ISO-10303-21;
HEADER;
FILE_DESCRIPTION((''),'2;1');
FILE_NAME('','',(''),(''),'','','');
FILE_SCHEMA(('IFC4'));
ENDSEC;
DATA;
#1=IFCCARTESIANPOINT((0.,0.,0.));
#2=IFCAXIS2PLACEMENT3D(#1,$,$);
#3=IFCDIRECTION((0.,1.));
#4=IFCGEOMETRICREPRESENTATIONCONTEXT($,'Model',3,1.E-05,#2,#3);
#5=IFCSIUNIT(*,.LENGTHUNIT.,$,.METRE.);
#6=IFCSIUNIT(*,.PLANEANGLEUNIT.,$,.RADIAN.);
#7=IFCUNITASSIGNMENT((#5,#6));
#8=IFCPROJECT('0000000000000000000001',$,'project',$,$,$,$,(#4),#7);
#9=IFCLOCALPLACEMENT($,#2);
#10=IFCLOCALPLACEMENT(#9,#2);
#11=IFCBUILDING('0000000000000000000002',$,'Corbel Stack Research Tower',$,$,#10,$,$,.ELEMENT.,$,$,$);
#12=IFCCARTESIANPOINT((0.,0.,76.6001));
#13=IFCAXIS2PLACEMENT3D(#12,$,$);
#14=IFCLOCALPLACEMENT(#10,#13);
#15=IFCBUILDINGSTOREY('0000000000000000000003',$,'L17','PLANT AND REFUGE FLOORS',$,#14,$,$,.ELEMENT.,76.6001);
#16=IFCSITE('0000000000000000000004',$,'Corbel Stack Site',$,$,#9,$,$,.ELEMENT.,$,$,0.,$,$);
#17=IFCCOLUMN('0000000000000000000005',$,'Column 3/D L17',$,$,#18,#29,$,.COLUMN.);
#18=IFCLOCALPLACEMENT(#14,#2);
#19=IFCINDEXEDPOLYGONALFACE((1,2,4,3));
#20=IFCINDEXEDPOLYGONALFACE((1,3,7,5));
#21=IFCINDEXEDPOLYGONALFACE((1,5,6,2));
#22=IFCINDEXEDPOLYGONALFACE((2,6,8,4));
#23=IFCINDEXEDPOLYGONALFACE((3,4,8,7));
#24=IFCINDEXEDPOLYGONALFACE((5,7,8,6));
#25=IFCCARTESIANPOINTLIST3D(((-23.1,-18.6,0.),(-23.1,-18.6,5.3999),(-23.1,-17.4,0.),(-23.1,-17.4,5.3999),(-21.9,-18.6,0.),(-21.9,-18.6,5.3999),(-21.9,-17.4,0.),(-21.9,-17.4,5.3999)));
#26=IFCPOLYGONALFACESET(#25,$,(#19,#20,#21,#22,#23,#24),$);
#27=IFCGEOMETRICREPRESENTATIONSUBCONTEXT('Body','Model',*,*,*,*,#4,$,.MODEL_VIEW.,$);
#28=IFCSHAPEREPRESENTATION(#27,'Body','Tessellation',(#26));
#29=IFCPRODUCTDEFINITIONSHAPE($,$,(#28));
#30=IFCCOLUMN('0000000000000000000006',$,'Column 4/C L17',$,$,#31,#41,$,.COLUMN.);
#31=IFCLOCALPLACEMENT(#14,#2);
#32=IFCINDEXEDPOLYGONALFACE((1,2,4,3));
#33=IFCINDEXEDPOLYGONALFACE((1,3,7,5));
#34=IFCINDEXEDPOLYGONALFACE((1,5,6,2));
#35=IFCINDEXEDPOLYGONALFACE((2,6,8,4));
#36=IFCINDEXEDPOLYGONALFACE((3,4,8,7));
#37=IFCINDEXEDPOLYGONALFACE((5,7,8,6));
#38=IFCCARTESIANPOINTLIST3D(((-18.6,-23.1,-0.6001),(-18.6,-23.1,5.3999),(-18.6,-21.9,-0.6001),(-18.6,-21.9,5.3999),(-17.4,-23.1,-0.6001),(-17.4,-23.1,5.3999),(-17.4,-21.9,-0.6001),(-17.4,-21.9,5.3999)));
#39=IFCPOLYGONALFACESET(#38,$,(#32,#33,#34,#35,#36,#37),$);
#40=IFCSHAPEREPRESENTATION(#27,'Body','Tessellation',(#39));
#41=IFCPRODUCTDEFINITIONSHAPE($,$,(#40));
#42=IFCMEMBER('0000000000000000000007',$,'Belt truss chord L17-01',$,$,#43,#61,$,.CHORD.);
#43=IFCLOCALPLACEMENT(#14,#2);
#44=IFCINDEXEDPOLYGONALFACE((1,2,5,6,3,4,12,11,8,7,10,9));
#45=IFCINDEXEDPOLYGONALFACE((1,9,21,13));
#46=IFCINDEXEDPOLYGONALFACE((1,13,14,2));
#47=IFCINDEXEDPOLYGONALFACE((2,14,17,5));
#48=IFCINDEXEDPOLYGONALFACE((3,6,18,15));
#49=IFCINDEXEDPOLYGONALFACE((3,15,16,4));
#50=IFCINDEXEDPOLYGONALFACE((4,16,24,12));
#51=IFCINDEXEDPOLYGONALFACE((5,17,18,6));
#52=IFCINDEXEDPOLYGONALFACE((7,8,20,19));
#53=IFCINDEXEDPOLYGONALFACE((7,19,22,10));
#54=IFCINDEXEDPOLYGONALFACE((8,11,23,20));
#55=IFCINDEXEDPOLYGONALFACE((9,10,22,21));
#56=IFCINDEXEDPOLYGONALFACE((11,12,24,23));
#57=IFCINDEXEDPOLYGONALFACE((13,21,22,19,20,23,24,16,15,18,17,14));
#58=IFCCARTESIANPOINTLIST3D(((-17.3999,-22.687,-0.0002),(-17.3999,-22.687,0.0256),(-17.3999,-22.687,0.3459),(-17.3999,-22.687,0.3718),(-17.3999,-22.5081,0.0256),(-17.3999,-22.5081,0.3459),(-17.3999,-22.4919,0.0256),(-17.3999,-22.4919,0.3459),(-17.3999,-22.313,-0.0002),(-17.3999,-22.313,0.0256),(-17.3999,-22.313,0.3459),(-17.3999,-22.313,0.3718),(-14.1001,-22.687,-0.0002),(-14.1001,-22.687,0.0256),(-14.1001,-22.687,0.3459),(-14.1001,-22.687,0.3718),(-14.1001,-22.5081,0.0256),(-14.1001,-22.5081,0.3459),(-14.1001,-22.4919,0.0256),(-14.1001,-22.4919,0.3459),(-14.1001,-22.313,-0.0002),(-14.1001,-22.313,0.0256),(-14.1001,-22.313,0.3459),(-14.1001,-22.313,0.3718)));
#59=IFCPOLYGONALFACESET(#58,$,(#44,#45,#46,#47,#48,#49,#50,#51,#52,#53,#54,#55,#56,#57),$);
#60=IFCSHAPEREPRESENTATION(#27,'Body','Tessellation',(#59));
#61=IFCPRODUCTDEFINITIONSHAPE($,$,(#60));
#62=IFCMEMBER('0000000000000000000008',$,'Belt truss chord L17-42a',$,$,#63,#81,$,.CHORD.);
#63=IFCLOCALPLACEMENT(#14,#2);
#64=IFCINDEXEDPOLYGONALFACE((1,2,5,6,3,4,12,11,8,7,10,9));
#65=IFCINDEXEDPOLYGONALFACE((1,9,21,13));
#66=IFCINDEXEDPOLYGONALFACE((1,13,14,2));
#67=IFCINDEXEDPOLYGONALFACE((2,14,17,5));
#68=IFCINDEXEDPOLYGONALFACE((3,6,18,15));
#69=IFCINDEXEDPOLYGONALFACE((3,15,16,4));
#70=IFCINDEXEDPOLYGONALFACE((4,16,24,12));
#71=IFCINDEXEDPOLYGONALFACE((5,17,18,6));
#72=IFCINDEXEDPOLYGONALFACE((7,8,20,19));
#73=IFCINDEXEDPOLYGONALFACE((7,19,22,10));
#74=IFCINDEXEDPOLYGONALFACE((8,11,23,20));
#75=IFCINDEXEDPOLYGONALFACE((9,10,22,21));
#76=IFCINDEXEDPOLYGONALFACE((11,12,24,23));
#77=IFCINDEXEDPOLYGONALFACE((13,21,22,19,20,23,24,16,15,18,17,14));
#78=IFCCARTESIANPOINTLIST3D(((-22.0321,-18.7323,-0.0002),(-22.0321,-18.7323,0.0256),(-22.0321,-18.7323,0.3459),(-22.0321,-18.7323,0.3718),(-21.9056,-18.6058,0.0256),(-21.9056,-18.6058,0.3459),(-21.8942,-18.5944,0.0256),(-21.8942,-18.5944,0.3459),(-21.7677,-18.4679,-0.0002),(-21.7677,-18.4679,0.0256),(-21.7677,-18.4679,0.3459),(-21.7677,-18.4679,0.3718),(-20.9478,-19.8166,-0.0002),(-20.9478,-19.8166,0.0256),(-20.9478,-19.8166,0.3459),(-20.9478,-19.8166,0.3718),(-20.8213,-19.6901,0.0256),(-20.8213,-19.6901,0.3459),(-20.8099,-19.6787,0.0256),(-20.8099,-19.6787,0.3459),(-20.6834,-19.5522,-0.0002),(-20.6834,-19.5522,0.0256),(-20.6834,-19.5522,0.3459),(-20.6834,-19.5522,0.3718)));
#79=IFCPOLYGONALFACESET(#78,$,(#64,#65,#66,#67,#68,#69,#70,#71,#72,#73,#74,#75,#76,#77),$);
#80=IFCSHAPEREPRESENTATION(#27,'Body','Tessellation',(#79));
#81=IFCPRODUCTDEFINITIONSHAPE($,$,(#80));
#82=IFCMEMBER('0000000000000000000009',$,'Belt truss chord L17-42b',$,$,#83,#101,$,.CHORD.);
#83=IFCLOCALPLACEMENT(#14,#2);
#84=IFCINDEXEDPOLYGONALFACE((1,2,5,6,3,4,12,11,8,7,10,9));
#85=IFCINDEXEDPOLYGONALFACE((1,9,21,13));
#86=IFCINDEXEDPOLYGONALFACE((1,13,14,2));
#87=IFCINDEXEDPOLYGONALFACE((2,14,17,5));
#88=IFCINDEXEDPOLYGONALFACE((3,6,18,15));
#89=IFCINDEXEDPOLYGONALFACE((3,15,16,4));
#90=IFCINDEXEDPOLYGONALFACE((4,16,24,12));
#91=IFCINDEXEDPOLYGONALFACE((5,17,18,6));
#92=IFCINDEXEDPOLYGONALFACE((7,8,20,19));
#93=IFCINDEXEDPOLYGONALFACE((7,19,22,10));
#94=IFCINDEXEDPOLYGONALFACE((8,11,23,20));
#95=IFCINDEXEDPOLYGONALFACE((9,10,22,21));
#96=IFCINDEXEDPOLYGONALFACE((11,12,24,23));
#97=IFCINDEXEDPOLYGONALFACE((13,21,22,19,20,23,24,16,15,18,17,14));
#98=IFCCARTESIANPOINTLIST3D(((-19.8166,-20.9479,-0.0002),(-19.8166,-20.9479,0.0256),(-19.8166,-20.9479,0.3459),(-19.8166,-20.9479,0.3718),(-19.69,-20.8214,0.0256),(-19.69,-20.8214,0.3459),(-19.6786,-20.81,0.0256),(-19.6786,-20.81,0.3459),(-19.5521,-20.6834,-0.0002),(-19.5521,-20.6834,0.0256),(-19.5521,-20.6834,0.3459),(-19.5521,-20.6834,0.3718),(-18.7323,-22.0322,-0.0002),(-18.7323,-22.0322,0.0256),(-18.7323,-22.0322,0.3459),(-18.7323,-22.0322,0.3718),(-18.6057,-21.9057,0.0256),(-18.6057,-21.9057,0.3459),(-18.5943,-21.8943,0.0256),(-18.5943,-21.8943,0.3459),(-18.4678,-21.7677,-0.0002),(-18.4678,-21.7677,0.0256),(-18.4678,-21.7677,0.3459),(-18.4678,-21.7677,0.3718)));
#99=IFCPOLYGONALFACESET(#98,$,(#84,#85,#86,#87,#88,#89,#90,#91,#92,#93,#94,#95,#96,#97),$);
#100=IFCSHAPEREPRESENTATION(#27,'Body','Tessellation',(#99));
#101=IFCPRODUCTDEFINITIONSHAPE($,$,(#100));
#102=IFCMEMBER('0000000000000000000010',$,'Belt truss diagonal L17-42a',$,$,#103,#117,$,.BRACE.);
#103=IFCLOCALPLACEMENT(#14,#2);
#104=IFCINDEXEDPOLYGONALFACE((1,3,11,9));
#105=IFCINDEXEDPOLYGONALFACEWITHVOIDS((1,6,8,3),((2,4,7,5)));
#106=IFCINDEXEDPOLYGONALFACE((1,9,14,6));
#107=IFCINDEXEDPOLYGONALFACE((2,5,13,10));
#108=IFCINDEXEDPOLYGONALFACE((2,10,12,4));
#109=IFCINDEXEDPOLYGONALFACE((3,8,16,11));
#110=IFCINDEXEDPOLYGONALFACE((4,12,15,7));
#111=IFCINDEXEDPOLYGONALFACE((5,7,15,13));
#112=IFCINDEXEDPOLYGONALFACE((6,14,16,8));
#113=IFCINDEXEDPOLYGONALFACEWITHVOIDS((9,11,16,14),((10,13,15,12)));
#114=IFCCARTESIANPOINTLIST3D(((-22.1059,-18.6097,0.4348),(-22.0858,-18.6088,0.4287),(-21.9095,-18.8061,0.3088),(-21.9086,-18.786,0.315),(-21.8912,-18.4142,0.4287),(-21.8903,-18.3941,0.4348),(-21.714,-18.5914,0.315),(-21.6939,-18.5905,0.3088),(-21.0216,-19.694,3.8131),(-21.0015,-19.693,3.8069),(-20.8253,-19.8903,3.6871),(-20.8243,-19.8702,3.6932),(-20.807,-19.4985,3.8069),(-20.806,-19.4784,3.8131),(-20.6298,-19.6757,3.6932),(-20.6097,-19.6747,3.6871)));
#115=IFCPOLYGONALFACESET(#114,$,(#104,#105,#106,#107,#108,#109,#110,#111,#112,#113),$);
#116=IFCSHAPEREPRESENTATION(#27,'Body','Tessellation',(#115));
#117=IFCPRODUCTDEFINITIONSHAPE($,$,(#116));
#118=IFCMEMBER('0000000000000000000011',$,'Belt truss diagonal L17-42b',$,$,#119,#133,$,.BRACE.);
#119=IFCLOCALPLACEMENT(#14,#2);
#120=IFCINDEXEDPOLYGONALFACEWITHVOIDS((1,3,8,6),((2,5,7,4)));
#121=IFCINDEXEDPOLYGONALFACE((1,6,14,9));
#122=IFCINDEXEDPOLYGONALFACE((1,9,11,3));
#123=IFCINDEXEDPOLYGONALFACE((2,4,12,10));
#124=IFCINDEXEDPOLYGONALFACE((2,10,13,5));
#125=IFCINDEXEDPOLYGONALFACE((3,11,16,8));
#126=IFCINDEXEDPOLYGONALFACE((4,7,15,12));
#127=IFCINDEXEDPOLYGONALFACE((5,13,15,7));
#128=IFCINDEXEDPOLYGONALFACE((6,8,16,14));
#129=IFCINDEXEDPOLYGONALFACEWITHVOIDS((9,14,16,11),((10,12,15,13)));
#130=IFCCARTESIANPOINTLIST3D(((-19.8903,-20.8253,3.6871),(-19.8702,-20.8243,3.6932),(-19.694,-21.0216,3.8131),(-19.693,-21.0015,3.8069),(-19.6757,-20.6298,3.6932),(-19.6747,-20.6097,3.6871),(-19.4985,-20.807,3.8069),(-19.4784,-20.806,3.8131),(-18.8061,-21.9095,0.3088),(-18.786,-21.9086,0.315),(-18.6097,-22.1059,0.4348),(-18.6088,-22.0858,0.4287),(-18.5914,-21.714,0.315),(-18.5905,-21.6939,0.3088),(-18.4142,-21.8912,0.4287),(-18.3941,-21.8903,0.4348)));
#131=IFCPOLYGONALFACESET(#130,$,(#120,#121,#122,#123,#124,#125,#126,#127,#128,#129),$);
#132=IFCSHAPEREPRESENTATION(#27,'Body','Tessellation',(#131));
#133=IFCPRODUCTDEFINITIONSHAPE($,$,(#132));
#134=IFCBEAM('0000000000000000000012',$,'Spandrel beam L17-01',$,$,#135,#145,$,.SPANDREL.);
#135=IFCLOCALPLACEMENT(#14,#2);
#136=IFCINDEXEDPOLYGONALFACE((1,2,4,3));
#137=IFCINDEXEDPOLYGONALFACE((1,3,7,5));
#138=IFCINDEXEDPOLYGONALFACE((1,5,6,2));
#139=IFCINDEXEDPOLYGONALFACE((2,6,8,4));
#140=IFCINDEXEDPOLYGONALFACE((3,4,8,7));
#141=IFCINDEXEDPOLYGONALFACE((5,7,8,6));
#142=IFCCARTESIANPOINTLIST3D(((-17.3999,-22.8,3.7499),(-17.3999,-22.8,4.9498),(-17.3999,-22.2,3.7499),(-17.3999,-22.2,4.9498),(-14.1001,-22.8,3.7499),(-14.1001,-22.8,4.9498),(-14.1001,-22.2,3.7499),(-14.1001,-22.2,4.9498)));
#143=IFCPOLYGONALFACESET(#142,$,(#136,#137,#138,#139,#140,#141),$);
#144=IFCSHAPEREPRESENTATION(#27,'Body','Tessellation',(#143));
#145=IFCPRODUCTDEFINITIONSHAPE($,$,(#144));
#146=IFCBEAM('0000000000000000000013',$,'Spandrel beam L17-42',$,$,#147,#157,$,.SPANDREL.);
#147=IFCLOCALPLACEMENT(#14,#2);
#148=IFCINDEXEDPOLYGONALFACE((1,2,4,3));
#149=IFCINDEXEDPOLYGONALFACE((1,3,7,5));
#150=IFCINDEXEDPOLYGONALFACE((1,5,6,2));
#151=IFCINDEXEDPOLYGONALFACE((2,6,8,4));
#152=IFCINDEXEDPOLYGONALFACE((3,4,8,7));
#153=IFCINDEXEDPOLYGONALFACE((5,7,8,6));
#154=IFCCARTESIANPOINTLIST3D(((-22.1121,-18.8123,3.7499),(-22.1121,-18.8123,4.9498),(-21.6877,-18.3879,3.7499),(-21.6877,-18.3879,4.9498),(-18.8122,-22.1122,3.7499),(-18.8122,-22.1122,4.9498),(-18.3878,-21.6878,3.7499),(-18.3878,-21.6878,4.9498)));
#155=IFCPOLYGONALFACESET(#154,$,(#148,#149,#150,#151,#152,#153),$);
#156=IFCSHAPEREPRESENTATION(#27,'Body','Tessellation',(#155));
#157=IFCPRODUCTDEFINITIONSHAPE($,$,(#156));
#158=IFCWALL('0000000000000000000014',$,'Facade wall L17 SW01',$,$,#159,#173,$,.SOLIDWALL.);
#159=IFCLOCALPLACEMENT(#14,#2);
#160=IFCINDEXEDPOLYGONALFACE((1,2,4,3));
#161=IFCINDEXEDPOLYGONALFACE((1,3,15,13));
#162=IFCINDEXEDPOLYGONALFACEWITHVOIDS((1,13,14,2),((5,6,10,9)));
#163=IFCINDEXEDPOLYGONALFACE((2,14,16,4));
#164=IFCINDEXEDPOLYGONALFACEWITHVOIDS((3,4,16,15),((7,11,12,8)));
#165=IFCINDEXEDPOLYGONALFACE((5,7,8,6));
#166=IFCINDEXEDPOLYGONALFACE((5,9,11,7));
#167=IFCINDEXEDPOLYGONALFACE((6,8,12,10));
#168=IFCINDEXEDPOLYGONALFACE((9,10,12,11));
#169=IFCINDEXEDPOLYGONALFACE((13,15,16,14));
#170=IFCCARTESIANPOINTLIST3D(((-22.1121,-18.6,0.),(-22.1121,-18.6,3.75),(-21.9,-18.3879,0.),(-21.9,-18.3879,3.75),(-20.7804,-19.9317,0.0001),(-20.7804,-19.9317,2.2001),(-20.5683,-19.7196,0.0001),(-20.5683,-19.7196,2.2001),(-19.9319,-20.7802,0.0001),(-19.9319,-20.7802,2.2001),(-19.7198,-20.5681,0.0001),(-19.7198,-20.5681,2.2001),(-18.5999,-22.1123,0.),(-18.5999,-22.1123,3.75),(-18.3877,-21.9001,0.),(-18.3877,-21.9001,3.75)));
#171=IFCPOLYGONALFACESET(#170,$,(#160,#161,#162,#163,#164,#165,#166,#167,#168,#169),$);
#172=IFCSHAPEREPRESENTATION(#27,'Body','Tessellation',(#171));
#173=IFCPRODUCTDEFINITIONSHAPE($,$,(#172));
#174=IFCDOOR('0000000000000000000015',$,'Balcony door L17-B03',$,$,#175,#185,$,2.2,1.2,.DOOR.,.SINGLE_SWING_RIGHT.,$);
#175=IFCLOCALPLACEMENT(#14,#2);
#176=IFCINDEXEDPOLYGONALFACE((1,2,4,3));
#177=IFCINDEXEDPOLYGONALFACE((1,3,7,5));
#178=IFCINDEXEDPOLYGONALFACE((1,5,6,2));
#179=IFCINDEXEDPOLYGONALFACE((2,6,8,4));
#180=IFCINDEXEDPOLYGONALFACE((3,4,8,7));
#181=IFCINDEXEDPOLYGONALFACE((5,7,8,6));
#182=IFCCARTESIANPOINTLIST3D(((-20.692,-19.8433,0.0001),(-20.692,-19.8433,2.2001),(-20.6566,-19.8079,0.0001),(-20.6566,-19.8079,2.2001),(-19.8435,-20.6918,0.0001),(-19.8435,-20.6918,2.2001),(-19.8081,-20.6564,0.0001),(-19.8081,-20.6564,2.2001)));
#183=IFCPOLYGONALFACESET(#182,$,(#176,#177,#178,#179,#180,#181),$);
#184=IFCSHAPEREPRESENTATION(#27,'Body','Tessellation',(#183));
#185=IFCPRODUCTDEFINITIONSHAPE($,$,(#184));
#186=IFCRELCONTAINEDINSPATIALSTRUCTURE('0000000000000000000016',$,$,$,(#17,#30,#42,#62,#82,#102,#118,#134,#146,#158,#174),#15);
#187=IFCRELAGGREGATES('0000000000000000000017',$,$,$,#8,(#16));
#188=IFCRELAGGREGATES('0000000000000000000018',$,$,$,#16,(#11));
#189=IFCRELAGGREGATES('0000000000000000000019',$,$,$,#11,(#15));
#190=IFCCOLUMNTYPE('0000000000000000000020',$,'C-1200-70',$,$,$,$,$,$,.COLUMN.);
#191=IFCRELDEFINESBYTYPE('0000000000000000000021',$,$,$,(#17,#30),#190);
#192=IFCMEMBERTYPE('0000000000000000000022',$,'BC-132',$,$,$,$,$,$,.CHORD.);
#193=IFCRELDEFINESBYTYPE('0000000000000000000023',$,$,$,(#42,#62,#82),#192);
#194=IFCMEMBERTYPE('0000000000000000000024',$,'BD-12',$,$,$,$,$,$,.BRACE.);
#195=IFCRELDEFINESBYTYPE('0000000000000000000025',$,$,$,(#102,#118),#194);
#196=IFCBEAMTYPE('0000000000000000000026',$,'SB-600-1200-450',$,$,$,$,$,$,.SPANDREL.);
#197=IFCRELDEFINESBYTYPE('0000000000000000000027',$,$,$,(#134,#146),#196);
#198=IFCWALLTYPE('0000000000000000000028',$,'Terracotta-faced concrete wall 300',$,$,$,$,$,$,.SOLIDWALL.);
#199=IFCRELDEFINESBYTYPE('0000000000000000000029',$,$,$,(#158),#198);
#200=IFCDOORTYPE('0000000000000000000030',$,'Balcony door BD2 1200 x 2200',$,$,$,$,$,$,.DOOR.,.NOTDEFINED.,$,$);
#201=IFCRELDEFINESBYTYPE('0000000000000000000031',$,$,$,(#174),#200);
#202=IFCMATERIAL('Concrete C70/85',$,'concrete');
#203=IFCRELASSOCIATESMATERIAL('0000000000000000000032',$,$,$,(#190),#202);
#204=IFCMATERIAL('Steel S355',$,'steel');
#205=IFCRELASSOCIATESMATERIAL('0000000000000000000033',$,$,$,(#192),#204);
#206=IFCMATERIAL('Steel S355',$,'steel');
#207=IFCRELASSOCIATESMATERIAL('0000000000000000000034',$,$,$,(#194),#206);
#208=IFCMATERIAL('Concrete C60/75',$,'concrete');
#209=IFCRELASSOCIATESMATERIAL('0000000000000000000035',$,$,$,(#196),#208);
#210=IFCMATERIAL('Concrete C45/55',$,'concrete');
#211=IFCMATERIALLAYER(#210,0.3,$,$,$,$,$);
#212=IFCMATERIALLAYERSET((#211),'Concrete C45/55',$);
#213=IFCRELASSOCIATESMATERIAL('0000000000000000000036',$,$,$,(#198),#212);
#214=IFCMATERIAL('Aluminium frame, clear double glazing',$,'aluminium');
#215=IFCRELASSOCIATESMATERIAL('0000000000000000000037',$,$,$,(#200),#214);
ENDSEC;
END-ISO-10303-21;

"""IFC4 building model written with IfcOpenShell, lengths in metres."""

from ifc_helpers import new_model, si_unit, direction, frame, frame_2d, origin, origin_2d, place, context, subcontext, project, spatial, rectangle, hollow_rectangle, i_section, extrude, material, layer, layer_set, material_profile, profile_set, type_object, element, fill, save


model = new_model("IFC4")

# Units and contexts
model_context = context("Model", 3, precision=1e-05, world=origin(), true_north=direction((0.0, 1.0)))
body_context = subcontext(model_context, "Body", "Model", "MODEL_VIEW")
ifc_project = project(units=[si_unit("LENGTHUNIT", "METRE"), si_unit("PLANEANGLEUNIT", "RADIAN")], contexts=[model_context])

# Site, building, storey
site_placement = place(None, origin())
site = spatial("IfcSite", under=ifc_project, at=site_placement, Name="Corbel Stack Site", CompositionType="ELEMENT", RefElevation=0.0)
building_placement = place(site_placement, origin())
building = spatial("IfcBuilding", under=site, at=building_placement, Name="Corbel Stack Research Tower", CompositionType="ELEMENT")
storey_placement = place(building_placement, frame((0.0, 0.0, 76.6001)))
storey = spatial("IfcBuildingStorey", under=building, at=storey_placement, Name="L17", Description="PLANT AND REFUGE FLOORS", CompositionType="ELEMENT", Elevation=76.6001)

# Columns
ifc_material_1 = material(Name="Concrete C70/85", Category="concrete")
ifc_material_profile_1 = material_profile(ifc_material_1, rectangle(XDim=1.2, YDim=1.2, at=origin_2d()), Name="RC 1200 x 1200")
ifc_profile_set_1 = profile_set([ifc_material_profile_1], Name="Concrete C70/85")
column_type = type_object("IfcColumnType", Name="C-1200-70", PredefinedType="COLUMN", material=ifc_profile_set_1)
column_1_placement = place(storey_placement, frame((-22.5, -18.0, 0.0), z_axis=(0.0, 0.0, 1.0), x_axis=(1.0, 0.0, 0.0)))
element("IfcColumn", 1, at=column_1_placement, inside=storey, type_object=column_type, Name="Column 3/D L17", PredefinedType="COLUMN", context=body_context, shape_type="SweptSolid", body=[
    extrude(rectangle(XDim=1.2, YDim=1.2, at=origin_2d()), origin(), (0.0, 0.0, 1.0), 5.3999),
])
column_2_placement = place(storey_placement, frame((-18.0, -22.5, -0.6001), z_axis=(0.0, 0.0, 1.0), x_axis=(1.0, 0.0, 0.0)))
element("IfcColumn", 2, at=column_2_placement, inside=storey, type_object=column_type, Name="Column 4/C L17", PredefinedType="COLUMN", context=body_context, shape_type="SweptSolid", body=[
    extrude(rectangle(XDim=1.2, YDim=1.2, at=origin_2d()), origin(), (0.0, 0.0, 1.0), 6.0),
])

# Members
ifc_material_2 = material(Name="Steel S355", Category="steel")
ifc_material_profile_2 = material_profile(ifc_material_2, i_section(OverallWidth=0.374, OverallDepth=0.3721, WebThickness=0.0161, FlangeThickness=0.0259, at=origin_2d()), Name="W14x132")
ifc_profile_set_2 = profile_set([ifc_material_profile_2], Name="Steel S355")
member_type_1 = type_object("IfcMemberType", Name="BC-132", PredefinedType="CHORD", material=ifc_profile_set_2)
member_placement = place(storey_placement, frame((-17.3999, -22.5, 0.1858), z_axis=(1.0, 0.0, 0.0), x_axis=(0.0, 1.0, 0.0)))
element("IfcMember", 3, at=member_placement, inside=storey, type_object=member_type_1, Name="Belt truss chord L17-01", PredefinedType="CHORD", context=body_context, shape_type="SweptSolid", body=[
    extrude(i_section(OverallWidth=0.374, OverallDepth=0.3721, WebThickness=0.0161, FlangeThickness=0.0259, at=origin_2d()), origin(), (0.0, 0.0, 1.0), 3.2998),
])
for number, where, z_axis, x_axis, name in (
    (4, (-21.8999, -18.6001, 0.1858), (0.707107, -0.707107, 0.0), (0.707107, 0.707107, 0.0), "Belt truss chord L17-42a"),
    (5, (-19.6843, -20.8157, 0.1858), (0.707107, -0.707107, 0.0), (0.707107, 0.707107, 0.0), "Belt truss chord L17-42b"),
):
    element("IfcMember", number, at=place(storey_placement, frame(where, z_axis=z_axis, x_axis=x_axis)), inside=storey, type_object=member_type_1, Name=name, PredefinedType="CHORD", context=body_context, shape_type="SweptSolid", body=[
        extrude(i_section(OverallWidth=0.374, OverallDepth=0.3721, WebThickness=0.0161, FlangeThickness=0.0259, at=origin_2d()), origin(), (0.0, 0.0, 1.0), 1.5334),
    ])
ifc_material_3 = material(Name="Steel S355", Category="steel")
ifc_material_profile_3 = material_profile(ifc_material_3, hollow_rectangle(XDim=0.3049, YDim=0.3049, WallThickness=0.0149, at=origin_2d()), Name="HSS12x12x5/8")
ifc_profile_set_3 = profile_set([ifc_material_profile_3], Name="Steel S355")
member_type_2 = type_object("IfcMemberType", Name="BD-12", PredefinedType="BRACE", material=ifc_profile_set_3)
for number, where, z_axis, x_axis, name in (
    (6, (-21.8999, -18.6001, 0.3718), (0.292255, -0.292255, 0.91059), (0.707107, 0.707107, 0.0), "Belt truss diagonal L17-42a"),
    (7, (-18.6001, -21.8999, 0.3718), (-0.292255, 0.292255, 0.91059), (-0.707107, -0.707107, 0.0), "Belt truss diagonal L17-42b"),
):
    element("IfcMember", number, at=place(storey_placement, frame(where, z_axis=z_axis, x_axis=x_axis)), inside=storey, type_object=member_type_2, Name=name, PredefinedType="BRACE", context=body_context, shape_type="SweptSolid", body=[
        extrude(hollow_rectangle(XDim=0.3049, YDim=0.3049, WallThickness=0.0149, at=origin_2d()), origin(), (0.0, 0.0, 1.0), 3.71),
    ])

# Beams
ifc_material_4 = material(Name="Concrete C60/75", Category="concrete")
ifc_material_profile_4 = material_profile(ifc_material_4, rectangle(XDim=0.6001, YDim=1.2, at=origin_2d()), Name="RC 600 x 1200")
ifc_profile_set_4 = profile_set([ifc_material_profile_4], Name="Concrete C60/75")
beam_type = type_object("IfcBeamType", Name="SB-600-1200-450", PredefinedType="SPANDREL", material=ifc_profile_set_4)
beam_1_placement = place(storey_placement, frame((-17.3999, -22.5, 4.3499), z_axis=(1.0, 0.0, 0.0), x_axis=(0.0, 1.0, 0.0)))
element("IfcBeam", 8, at=beam_1_placement, inside=storey, type_object=beam_type, Name="Spandrel beam L17-01", PredefinedType="SPANDREL", context=body_context, shape_type="SweptSolid", body=[
    extrude(rectangle(XDim=0.6001, YDim=1.2, at=origin_2d()), origin(), (0.0, 0.0, 1.0), 3.2998),
])
beam_2_placement = place(storey_placement, frame((-21.8999, -18.6001, 4.3499), z_axis=(0.707107, -0.707107, 0.0), x_axis=(0.707107, 0.707107, 0.0)))
element("IfcBeam", 9, at=beam_2_placement, inside=storey, type_object=beam_type, Name="Spandrel beam L17-42", PredefinedType="SPANDREL", context=body_context, shape_type="SweptSolid", body=[
    extrude(rectangle(XDim=0.6001, YDim=1.2, at=origin_2d()), origin(), (0.0, 0.0, 1.0), 4.6667),
])

# Wall, opening, door
ifc_material_5 = material(Name="Concrete C45/55", Category="concrete")
ifc_layer = layer(ifc_material_5, 0.3)
ifc_layer_set = layer_set([ifc_layer], Name="Concrete C45/55")
wall_type = type_object("IfcWallType", Name="Terracotta-faced concrete wall 300", PredefinedType="SOLIDWALL", material=ifc_layer_set)
wall_placement = place(storey_placement, frame((-18.4939, -22.0061, 0.0), z_axis=(0.0, 0.0, 1.0), x_axis=(-0.707107, 0.707107, 0.0)))
wall = element("IfcWall", 10, at=wall_placement, inside=storey, type_object=wall_type, Name="Facade wall L17 SW01", PredefinedType="SOLIDWALL", context=body_context, shape_type="SweptSolid", body=[
    extrude(rectangle(XDim=4.967, YDim=0.3, at=frame_2d((2.4834, 0.0))), origin(), (0.0, 0.0, 1.0), 3.75),
])
opening_placement = place(wall_placement, frame((1.8835, 0.0, 0.0)))
opening = element("IfcOpeningElement", 11, at=opening_placement, cuts=wall, PredefinedType="OPENING", context=body_context, shape_type="SweptSolid", body=[
    extrude(rectangle(XDim=1.2, YDim=2.2, at=frame_2d((0.6001, 1.1001))), frame((0.0, 0.1599, 0.0), z_axis=(0.0, -1.0, 0.0), x_axis=(1.0, 0.0, 0.0)), (0.0, 0.0, 1.0), 0.3201),
])
ifc_material_6 = material(Name="Aluminium frame, clear double glazing", Category="aluminium")
door_type = type_object("IfcDoorType", Name="Balcony door BD2 1200 x 2200", OperationType="NOTDEFINED", PredefinedType="DOOR", material=ifc_material_6)
door_placement = place(opening_placement, origin())
door = element("IfcDoor", 12, at=door_placement, inside=storey, type_object=door_type, Name="Balcony door L17-B03", OperationType="SINGLE_SWING_RIGHT", OverallHeight=2.2, OverallWidth=1.2, PredefinedType="DOOR", context=body_context, shape_type="SweptSolid", body=[
    extrude(rectangle(XDim=1.2, YDim=2.2, at=frame_2d((0.6001, 1.1001))), frame((0.0, 0.0249, 0.0), z_axis=(0.0, -1.0, 0.0), x_axis=(1.0, 0.0, 0.0)), (0.0, 0.0, 1.0), 0.05),
])
fill(opening, door)

save(model, "model.ifc")
